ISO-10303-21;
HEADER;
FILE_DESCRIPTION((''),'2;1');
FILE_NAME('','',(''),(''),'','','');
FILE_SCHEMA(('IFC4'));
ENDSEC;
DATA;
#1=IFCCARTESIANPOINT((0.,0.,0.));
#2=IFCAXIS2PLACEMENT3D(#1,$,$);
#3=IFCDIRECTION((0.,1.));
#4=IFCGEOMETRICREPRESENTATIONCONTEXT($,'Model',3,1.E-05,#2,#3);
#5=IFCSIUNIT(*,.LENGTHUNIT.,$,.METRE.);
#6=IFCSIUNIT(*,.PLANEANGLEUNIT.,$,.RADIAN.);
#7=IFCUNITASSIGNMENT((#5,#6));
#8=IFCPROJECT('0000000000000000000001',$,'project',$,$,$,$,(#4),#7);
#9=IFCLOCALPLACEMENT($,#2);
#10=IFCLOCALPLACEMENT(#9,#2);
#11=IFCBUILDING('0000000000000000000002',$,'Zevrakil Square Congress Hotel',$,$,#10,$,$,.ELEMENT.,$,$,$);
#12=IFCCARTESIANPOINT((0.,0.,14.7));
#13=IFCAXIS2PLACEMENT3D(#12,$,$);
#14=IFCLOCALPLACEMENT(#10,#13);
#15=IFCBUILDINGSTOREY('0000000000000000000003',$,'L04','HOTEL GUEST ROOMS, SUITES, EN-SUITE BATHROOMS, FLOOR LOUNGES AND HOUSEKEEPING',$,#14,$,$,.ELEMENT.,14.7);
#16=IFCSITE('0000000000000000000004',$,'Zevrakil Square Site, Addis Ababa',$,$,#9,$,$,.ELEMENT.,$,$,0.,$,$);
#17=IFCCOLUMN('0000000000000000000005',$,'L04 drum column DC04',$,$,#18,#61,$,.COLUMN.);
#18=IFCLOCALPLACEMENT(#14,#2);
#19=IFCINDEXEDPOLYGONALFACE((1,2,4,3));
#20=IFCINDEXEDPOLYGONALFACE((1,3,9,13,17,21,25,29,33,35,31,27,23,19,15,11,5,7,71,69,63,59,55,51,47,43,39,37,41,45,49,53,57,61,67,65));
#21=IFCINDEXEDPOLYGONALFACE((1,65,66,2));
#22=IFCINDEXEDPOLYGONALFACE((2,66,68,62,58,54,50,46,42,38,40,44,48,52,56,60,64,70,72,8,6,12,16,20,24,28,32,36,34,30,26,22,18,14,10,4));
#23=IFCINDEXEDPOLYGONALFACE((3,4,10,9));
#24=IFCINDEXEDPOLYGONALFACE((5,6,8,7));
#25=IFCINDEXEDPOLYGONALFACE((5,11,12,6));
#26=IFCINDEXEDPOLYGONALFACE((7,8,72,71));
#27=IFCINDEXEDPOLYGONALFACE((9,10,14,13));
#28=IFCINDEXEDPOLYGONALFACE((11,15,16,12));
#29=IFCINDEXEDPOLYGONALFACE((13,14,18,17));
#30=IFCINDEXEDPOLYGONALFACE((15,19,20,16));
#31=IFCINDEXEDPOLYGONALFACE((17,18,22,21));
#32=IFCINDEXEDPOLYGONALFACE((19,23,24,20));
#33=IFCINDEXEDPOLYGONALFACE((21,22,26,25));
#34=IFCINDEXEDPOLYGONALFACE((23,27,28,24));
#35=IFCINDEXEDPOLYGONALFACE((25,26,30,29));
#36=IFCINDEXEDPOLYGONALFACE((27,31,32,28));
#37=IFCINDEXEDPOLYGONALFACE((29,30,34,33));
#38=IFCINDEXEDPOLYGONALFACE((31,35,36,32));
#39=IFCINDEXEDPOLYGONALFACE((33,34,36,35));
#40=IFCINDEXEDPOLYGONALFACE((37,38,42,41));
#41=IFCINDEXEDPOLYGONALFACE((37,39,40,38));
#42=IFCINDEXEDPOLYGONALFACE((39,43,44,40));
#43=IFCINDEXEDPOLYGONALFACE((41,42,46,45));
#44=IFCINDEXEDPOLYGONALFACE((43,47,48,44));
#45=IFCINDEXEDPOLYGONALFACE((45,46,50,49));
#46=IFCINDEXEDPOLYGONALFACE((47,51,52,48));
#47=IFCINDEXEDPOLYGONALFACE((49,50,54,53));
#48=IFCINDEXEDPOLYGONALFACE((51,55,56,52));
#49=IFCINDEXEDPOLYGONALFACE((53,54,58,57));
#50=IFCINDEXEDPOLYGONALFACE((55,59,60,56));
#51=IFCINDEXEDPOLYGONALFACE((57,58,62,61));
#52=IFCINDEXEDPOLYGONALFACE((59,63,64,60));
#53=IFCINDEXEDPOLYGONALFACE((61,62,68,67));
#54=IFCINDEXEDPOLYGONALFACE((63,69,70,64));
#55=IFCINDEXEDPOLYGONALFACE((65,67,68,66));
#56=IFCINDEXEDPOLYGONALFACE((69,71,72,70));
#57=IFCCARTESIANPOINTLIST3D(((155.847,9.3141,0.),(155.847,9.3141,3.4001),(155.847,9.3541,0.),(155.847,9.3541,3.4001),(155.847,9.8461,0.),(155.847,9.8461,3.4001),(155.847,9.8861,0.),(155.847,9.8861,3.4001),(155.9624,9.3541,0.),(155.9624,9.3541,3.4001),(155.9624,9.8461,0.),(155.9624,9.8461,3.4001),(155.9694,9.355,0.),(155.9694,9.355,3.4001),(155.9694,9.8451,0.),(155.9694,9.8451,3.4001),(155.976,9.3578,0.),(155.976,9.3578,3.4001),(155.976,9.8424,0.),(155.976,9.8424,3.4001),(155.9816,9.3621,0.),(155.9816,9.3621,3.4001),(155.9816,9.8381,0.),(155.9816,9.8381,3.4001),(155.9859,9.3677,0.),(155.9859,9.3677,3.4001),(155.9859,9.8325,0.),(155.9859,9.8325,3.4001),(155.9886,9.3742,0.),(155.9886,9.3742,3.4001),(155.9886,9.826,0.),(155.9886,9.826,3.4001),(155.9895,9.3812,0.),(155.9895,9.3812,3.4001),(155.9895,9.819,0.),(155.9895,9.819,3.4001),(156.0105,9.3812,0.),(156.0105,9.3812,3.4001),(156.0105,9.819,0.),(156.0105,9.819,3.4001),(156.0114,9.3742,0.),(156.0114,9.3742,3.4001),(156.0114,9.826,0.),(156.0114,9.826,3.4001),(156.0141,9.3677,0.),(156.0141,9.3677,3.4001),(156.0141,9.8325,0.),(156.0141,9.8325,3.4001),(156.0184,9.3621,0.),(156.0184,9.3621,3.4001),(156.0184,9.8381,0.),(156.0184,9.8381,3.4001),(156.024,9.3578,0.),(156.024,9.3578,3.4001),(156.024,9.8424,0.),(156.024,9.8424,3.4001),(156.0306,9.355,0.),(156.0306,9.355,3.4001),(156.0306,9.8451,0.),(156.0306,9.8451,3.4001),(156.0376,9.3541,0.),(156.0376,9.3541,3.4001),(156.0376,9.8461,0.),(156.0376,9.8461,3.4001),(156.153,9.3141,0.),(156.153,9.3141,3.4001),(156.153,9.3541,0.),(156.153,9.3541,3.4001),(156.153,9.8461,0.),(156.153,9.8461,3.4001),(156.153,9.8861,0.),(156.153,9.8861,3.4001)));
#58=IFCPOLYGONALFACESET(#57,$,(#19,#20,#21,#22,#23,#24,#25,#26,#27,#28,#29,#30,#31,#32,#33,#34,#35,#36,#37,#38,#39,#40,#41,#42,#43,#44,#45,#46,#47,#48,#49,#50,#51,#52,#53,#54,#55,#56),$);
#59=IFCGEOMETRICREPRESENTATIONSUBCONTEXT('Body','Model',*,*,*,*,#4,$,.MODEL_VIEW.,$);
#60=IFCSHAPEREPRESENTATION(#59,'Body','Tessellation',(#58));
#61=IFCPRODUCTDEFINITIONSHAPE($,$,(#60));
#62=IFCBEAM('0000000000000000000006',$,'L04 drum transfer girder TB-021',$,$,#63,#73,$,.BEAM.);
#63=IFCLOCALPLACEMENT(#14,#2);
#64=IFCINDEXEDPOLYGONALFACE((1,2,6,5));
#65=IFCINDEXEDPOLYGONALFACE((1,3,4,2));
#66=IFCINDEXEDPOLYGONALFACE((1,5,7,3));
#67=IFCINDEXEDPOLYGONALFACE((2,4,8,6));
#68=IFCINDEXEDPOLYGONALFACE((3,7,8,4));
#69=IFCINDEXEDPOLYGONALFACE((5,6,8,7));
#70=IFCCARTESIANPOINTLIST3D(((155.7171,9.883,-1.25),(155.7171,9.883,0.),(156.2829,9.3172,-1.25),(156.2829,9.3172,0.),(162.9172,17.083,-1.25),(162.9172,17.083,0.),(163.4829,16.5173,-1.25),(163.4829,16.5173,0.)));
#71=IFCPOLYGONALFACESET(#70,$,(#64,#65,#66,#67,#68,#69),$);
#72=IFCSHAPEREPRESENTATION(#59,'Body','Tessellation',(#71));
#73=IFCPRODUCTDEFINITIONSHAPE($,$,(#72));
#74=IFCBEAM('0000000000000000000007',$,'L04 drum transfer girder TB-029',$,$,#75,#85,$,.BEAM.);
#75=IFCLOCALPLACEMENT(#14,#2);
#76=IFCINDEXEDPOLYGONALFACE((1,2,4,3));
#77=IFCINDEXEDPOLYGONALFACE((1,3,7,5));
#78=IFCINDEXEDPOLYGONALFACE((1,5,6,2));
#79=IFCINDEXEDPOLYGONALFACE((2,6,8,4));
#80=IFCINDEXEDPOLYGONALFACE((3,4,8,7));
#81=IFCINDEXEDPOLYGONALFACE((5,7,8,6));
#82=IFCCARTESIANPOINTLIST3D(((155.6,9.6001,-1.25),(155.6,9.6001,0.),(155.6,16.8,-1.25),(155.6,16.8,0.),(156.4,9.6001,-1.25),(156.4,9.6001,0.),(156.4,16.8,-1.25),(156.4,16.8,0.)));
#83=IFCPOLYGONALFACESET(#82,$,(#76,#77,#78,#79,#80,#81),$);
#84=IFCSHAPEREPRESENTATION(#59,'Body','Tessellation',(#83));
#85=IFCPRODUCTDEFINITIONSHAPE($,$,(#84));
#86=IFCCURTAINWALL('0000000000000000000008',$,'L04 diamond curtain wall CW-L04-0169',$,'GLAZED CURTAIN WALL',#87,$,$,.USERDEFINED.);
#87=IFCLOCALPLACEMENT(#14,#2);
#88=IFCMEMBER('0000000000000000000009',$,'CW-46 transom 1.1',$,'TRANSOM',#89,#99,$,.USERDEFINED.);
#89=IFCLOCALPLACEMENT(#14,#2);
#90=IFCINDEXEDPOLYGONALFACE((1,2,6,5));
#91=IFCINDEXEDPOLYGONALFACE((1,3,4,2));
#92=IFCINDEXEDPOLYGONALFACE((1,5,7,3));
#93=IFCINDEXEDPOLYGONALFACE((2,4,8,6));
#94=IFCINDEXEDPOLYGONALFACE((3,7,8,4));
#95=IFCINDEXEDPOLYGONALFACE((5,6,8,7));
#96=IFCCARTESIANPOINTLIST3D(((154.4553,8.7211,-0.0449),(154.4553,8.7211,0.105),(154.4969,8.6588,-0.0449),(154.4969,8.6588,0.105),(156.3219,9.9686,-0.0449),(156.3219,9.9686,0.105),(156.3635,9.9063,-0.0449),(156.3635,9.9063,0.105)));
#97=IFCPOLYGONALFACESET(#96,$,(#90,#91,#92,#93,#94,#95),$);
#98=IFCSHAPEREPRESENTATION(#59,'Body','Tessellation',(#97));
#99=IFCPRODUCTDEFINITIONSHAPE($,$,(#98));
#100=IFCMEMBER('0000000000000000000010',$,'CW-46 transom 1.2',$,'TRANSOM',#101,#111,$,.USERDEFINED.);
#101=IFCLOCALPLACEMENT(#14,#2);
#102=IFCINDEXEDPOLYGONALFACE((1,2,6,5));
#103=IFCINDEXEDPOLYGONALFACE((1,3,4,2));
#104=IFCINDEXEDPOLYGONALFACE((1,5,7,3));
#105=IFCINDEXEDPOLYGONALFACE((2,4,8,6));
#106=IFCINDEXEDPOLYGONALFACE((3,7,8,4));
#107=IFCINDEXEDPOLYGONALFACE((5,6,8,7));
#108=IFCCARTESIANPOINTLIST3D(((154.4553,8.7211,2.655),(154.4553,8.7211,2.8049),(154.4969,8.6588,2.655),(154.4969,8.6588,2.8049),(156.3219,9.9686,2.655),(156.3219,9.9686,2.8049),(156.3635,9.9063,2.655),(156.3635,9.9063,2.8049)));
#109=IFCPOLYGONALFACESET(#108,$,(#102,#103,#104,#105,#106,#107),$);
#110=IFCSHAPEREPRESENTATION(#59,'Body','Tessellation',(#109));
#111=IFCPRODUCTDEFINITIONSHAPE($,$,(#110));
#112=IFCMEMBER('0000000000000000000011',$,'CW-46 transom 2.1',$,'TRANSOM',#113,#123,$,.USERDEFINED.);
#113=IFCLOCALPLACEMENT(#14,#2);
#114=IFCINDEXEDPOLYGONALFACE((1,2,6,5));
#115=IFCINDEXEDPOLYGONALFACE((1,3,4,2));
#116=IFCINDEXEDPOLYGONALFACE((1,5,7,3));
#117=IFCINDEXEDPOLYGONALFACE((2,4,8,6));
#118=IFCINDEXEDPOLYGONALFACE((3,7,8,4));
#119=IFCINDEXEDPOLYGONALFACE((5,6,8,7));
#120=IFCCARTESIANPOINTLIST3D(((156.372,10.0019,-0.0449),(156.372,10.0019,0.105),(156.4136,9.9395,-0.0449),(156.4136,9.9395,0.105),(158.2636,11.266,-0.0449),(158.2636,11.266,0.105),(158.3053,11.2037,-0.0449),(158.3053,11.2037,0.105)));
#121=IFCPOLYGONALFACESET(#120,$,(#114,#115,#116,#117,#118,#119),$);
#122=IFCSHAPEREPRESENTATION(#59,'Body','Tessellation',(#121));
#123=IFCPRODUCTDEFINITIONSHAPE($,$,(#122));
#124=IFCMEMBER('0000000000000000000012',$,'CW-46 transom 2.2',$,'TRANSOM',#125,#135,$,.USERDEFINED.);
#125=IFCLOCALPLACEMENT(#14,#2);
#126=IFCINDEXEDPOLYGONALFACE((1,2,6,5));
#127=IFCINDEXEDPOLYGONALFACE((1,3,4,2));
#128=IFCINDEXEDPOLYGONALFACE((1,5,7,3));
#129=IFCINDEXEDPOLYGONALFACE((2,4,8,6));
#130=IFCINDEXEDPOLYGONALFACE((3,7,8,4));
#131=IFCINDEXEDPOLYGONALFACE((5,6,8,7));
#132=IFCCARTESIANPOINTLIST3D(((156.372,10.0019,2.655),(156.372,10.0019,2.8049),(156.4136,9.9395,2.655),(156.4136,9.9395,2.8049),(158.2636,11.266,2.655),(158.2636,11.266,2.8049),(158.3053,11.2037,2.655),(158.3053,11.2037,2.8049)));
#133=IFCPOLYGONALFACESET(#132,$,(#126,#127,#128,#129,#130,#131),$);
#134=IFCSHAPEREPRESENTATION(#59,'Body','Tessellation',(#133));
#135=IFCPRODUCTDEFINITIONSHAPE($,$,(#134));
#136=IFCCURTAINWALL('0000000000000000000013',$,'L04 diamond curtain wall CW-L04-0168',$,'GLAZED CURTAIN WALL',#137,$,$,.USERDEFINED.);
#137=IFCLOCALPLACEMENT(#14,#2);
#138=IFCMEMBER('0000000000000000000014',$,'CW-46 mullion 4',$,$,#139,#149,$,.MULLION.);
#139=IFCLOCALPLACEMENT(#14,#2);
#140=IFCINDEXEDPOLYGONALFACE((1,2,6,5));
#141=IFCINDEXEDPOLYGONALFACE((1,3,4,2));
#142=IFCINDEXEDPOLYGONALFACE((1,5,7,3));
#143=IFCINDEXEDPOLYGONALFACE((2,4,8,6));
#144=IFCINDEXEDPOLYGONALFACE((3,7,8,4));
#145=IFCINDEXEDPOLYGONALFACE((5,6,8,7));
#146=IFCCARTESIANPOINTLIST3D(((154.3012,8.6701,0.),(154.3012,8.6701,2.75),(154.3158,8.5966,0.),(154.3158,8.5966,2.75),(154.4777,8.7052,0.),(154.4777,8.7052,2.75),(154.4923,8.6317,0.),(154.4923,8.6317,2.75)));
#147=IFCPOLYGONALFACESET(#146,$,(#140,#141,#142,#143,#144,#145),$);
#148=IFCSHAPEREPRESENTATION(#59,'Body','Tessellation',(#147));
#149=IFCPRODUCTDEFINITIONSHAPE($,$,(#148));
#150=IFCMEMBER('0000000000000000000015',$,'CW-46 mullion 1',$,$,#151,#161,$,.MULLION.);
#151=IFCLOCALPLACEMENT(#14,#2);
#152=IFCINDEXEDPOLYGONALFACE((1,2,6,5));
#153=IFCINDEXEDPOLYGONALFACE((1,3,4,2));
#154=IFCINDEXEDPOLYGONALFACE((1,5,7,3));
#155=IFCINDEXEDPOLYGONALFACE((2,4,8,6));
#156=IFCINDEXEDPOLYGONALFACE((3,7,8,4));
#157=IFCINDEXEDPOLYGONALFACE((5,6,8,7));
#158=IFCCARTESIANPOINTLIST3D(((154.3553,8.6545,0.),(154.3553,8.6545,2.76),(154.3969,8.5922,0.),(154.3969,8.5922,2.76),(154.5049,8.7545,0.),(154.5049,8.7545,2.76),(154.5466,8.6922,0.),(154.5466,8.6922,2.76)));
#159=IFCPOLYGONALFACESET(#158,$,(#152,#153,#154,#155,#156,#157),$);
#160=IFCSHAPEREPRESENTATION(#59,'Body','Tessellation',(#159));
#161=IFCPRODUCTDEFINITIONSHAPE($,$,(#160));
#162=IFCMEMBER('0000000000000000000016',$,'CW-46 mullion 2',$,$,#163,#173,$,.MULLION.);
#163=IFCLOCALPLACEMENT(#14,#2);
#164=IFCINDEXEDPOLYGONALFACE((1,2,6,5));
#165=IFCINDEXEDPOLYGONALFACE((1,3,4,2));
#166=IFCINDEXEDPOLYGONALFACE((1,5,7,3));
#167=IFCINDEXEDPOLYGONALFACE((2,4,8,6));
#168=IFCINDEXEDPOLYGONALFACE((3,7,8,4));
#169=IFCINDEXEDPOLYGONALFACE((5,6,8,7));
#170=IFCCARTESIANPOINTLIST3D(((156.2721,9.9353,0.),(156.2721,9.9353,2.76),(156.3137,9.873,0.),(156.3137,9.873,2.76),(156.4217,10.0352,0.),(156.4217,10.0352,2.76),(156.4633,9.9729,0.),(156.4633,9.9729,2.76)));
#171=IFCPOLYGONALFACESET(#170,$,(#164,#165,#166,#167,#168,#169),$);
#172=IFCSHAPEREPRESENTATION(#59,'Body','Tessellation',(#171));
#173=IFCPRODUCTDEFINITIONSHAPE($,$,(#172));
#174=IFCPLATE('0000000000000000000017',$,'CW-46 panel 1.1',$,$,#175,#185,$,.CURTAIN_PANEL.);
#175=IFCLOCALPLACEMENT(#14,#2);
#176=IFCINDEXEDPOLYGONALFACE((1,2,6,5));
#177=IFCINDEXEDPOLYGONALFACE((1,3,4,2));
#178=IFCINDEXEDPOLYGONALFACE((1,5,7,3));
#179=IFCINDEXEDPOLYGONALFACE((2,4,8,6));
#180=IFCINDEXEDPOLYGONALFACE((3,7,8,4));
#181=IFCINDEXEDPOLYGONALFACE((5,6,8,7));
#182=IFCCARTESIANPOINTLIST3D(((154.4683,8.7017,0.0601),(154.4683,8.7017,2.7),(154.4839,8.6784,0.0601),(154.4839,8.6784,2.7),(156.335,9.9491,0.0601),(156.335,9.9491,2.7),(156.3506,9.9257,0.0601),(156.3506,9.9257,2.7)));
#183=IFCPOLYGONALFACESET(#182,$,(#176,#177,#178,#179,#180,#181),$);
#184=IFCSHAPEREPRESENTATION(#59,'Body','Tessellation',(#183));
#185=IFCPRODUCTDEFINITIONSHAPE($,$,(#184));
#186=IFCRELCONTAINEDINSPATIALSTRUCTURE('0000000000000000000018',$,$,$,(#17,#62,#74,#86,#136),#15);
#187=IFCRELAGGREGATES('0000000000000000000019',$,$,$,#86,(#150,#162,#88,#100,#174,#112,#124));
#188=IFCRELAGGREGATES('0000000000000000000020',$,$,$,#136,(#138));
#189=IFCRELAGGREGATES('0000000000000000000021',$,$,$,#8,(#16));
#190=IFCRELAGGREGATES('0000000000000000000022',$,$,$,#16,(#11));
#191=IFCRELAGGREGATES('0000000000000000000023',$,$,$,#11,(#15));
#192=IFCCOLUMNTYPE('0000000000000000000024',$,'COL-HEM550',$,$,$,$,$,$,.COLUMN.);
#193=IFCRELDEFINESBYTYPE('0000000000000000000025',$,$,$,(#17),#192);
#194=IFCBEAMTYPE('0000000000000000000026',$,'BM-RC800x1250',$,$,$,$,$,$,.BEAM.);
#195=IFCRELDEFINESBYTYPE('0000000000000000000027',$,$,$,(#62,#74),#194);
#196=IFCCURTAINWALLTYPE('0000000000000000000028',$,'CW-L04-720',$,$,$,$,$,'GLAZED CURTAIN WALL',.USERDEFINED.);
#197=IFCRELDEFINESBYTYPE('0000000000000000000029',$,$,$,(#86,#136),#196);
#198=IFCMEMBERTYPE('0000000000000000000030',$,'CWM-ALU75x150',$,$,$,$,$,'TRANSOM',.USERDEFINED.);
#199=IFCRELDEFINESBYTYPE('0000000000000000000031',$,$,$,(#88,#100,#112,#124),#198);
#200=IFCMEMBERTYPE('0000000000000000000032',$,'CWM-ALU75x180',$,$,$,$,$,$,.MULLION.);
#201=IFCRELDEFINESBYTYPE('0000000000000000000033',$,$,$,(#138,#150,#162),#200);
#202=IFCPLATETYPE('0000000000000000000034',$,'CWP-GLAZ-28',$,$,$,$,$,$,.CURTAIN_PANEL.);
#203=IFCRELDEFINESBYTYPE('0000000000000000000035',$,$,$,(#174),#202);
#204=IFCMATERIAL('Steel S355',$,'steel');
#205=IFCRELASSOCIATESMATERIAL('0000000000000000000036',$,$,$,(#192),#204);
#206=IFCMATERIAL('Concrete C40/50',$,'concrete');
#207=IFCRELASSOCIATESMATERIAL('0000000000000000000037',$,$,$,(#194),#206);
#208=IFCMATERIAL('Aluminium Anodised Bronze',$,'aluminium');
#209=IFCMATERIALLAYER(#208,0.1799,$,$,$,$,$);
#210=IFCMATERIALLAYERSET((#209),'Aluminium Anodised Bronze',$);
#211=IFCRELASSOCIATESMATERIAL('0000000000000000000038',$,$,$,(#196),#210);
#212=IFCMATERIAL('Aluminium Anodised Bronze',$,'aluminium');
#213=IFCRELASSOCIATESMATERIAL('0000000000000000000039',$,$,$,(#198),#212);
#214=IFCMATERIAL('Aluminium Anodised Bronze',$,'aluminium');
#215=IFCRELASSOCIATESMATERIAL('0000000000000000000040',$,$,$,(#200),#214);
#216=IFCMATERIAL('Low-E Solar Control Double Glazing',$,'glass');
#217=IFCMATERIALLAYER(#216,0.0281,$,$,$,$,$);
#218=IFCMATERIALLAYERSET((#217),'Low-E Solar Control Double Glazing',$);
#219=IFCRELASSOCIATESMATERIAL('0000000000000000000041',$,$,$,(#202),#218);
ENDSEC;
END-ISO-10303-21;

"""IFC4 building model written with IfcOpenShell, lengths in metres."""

from ifc_helpers import new_model, si_unit, direction, frame, origin, origin_2d, place, context, subcontext, project, spatial, rectangle, i_section, extrude, material, layer, layer_set, material_profile, profile_set, type_object, element, aggregate, save


model = new_model("IFC4")

# Units and contexts
model_context = context("Model", 3, precision=1e-05, world=origin(), true_north=direction((0.0, 1.0)))
body_context = subcontext(model_context, "Body", "Model", "MODEL_VIEW")
ifc_project = project(units=[si_unit("LENGTHUNIT", "METRE"), si_unit("PLANEANGLEUNIT", "RADIAN")], contexts=[model_context])

# Site, building, storey
site_placement = place(None, origin())
site = spatial("IfcSite", under=ifc_project, at=site_placement, Name="Zevrakil Square Site, Addis Ababa", CompositionType="ELEMENT", RefElevation=0.0)
building_placement = place(site_placement, origin())
building = spatial("IfcBuilding", under=site, at=building_placement, Name="Zevrakil Square Congress Hotel", CompositionType="ELEMENT")
storey_placement = place(building_placement, frame((0.0, 0.0, 14.7)))
storey = spatial("IfcBuildingStorey", under=building, at=storey_placement, Name="L04", Description="HOTEL GUEST ROOMS, SUITES, EN-SUITE BATHROOMS, FLOOR LOUNGES AND HOUSEKEEPING", CompositionType="ELEMENT", Elevation=14.7)

# Column
ifc_material_1 = material(Name="Steel S355", Category="steel")
ifc_material_profile_1 = material_profile(ifc_material_1, i_section(OverallWidth=0.3059, OverallDepth=0.572, WebThickness=0.021, FlangeThickness=0.04, FilletRadius=0.0271, at=origin_2d()), Name="HEM 550")
ifc_profile_set_1 = profile_set([ifc_material_profile_1], Name="Steel S355")
column_type = type_object("IfcColumnType", Name="COL-HEM550", PredefinedType="COLUMN", material=ifc_profile_set_1)
column_placement = place(storey_placement, frame((156.0, 9.6001, 0.0), z_axis=(0.0, 0.0, 1.0), x_axis=(1.0, 0.0, 0.0)))
element("IfcColumn", 1, at=column_placement, inside=storey, type_object=column_type, Name="L04 drum column DC04", PredefinedType="COLUMN", context=body_context, shape_type="SweptSolid", body=[
    extrude(i_section(OverallWidth=0.3059, OverallDepth=0.572, WebThickness=0.021, FlangeThickness=0.04, FilletRadius=0.0271, at=origin_2d()), origin(), (0.0, 0.0, 1.0), 3.4001),
])

# Beams
ifc_material_2 = material(Name="Concrete C40/50", Category="concrete")
ifc_material_profile_2 = material_profile(ifc_material_2, rectangle(XDim=0.8, YDim=1.25, at=origin_2d()), Name="RC 800x1250")
ifc_profile_set_2 = profile_set([ifc_material_profile_2], Name="Concrete C40/50")
beam_type = type_object("IfcBeamType", Name="BM-RC800x1250", PredefinedType="BEAM", material=ifc_profile_set_2)
beam_1_placement = place(storey_placement, frame((156.0, 9.6001, -0.625), z_axis=(0.707107, 0.707107, 0.0), x_axis=(-0.707107, 0.707107, 0.0)))
element("IfcBeam", 2, at=beam_1_placement, inside=storey, type_object=beam_type, Name="L04 drum transfer girder TB-021", PredefinedType="BEAM", context=body_context, shape_type="SweptSolid", body=[
    extrude(rectangle(XDim=0.8, YDim=1.25, at=origin_2d()), origin(), (0.0, 0.0, 1.0), 10.1824),
])
beam_2_placement = place(storey_placement, frame((156.0, 9.6001, -0.625), z_axis=(0.0, 1.0, 0.0), x_axis=(-1.0, 0.0, 0.0)))
element("IfcBeam", 3, at=beam_2_placement, inside=storey, type_object=beam_type, Name="L04 drum transfer girder TB-029", PredefinedType="BEAM", context=body_context, shape_type="SweptSolid", body=[
    extrude(rectangle(XDim=0.8, YDim=1.25, at=origin_2d()), origin(), (0.0, 0.0, 1.0), 7.2),
])

# Curtain wall, members
ifc_material_3 = material(Name="Aluminium Anodised Bronze", Category="aluminium")
ifc_layer_1 = layer(ifc_material_3, 0.1799)
ifc_layer_set_1 = layer_set([ifc_layer_1], Name="Aluminium Anodised Bronze")
curtain_wall_type = type_object("IfcCurtainWallType", Name="CW-L04-720", ElementType="GLAZED CURTAIN WALL", PredefinedType="USERDEFINED", material=ifc_layer_set_1)
curtain_wall_1_placement = place(storey_placement, origin())
curtain_wall_1 = element("IfcCurtainWall", 4, at=curtain_wall_1_placement, inside=storey, type_object=curtain_wall_type, Name="L04 diamond curtain wall CW-L04-0169", ObjectType="GLAZED CURTAIN WALL", PredefinedType="USERDEFINED")
ifc_material_4 = material(Name="Aluminium Anodised Bronze", Category="aluminium")
ifc_material_profile_3 = material_profile(ifc_material_4, rectangle(XDim=0.075, YDim=0.1499, at=origin_2d()), Name="ALU 75x150")
ifc_profile_set_3 = profile_set([ifc_material_profile_3], Name="Aluminium Anodised Bronze")
member_type_1 = type_object("IfcMemberType", Name="CWM-ALU75x150", ElementType="TRANSOM", PredefinedType="USERDEFINED", material=ifc_profile_set_3)
member_1_placement = place(storey_placement, frame((154.4761, 8.6899, 0.03), z_axis=(0.831414, 0.555653, 0.0), x_axis=(-0.555653, 0.831414, 0.0)))
member_1 = element("IfcMember", 5, at=member_1_placement, type_object=member_type_1, Name="CW-46 transom 1.1", ObjectType="TRANSOM", PredefinedType="USERDEFINED", context=body_context, shape_type="SweptSolid", body=[
    extrude(rectangle(XDim=0.075, YDim=0.1499, at=origin_2d()), origin(), (0.0, 0.0, 1.0), 2.2451),
])
member_2_placement = place(storey_placement, frame((154.4761, 8.6899, 2.73), z_axis=(0.831414, 0.555653, 0.0), x_axis=(-0.555653, 0.831414, 0.0)))
member_2 = element("IfcMember", 6, at=member_2_placement, type_object=member_type_1, Name="CW-46 transom 1.2", ObjectType="TRANSOM", PredefinedType="USERDEFINED", context=body_context, shape_type="SweptSolid", body=[
    extrude(rectangle(XDim=0.075, YDim=0.1499, at=origin_2d()), origin(), (0.0, 0.0, 1.0), 2.2451),
])
member_3_placement = place(storey_placement, frame((156.3928, 9.9707, 0.03), z_axis=(0.831422, 0.555641, 0.0), x_axis=(-0.555641, 0.831422, 0.0)))
member_3 = element("IfcMember", 7, at=member_3_placement, type_object=member_type_1, Name="CW-46 transom 2.1", ObjectType="TRANSOM", PredefinedType="USERDEFINED", context=body_context, shape_type="SweptSolid", body=[
    extrude(rectangle(XDim=0.075, YDim=0.1499, at=origin_2d()), origin(), (0.0, 0.0, 1.0), 2.2751),
])
member_4_placement = place(storey_placement, frame((156.3928, 9.9707, 2.73), z_axis=(0.831422, 0.555641, 0.0), x_axis=(-0.555641, 0.831422, 0.0)))
member_4 = element("IfcMember", 8, at=member_4_placement, type_object=member_type_1, Name="CW-46 transom 2.2", ObjectType="TRANSOM", PredefinedType="USERDEFINED", context=body_context, shape_type="SweptSolid", body=[
    extrude(rectangle(XDim=0.075, YDim=0.1499, at=origin_2d()), origin(), (0.0, 0.0, 1.0), 2.2751),
])

# Curtain wall, member
curtain_wall_2_placement = place(storey_placement, origin())
curtain_wall_2 = element("IfcCurtainWall", 9, at=curtain_wall_2_placement, inside=storey, type_object=curtain_wall_type, Name="L04 diamond curtain wall CW-L04-0168", ObjectType="GLAZED CURTAIN WALL", PredefinedType="USERDEFINED")
ifc_material_5 = material(Name="Aluminium Anodised Bronze", Category="aluminium")
ifc_material_profile_4 = material_profile(ifc_material_5, rectangle(XDim=0.075, YDim=0.1799, at=origin_2d()), Name="ALU 75x180")
ifc_profile_set_4 = profile_set([ifc_material_profile_4], Name="Aluminium Anodised Bronze")
member_type_2 = type_object("IfcMemberType", Name="CWM-ALU75x180", PredefinedType="MULLION", material=ifc_profile_set_4)
member_5_placement = place(storey_placement, frame((154.3967, 8.6509, 0.0), z_axis=(0.0, 0.0, 1.0), x_axis=(-0.195084, 0.980787, 0.0)))
member_5 = element("IfcMember", 10, at=member_5_placement, type_object=member_type_2, Name="CW-46 mullion 4", PredefinedType="MULLION", context=body_context, shape_type="SweptSolid", body=[
    extrude(rectangle(XDim=0.075, YDim=0.1799, at=origin_2d()), origin(), (0.0, 0.0, 1.0), 2.75),
])

# Members
member_6_placement = place(storey_placement, frame((154.4509, 8.6733, 0.0), z_axis=(0.0, 0.0, 1.0), x_axis=(-0.555576, 0.831466, 0.0)))
member_6 = element("IfcMember", 11, at=member_6_placement, type_object=member_type_2, Name="CW-46 mullion 1", PredefinedType="MULLION", context=body_context, shape_type="SweptSolid", body=[
    extrude(rectangle(XDim=0.075, YDim=0.1799, at=origin_2d()), origin(), (0.0, 0.0, 1.0), 2.76),
])
member_7_placement = place(storey_placement, frame((156.3677, 9.9541, 0.0), z_axis=(0.0, 0.0, 1.0), x_axis=(-0.555576, 0.831466, 0.0)))
member_7 = element("IfcMember", 12, at=member_7_placement, type_object=member_type_2, Name="CW-46 mullion 2", PredefinedType="MULLION", context=body_context, shape_type="SweptSolid", body=[
    extrude(rectangle(XDim=0.075, YDim=0.1799, at=origin_2d()), origin(), (0.0, 0.0, 1.0), 2.76),
])

# Plate
ifc_material_6 = material(Name="Low-E Solar Control Double Glazing", Category="glass")
ifc_layer_2 = layer(ifc_material_6, 0.0281)
ifc_layer_set_2 = layer_set([ifc_layer_2], Name="Low-E Solar Control Double Glazing")
plate_type_1 = type_object("IfcPlateType", Name="CWP-GLAZ-28", PredefinedType="CURTAIN_PANEL", material=ifc_layer_set_2)
plate_1_placement = place(storey_placement, frame((155.4094, 9.3137, 0.0601), z_axis=(0.0, 0.0, 1.0), x_axis=(0.831466, 0.555576, 0.0)))
plate_1 = element("IfcPlate", 13, at=plate_1_placement, type_object=plate_type_1, Name="CW-46 panel 1.1", PredefinedType="CURTAIN_PANEL", context=body_context, shape_type="SweptSolid", body=[
    extrude(rectangle(XDim=2.2451, YDim=0.0281, at=origin_2d()), origin(), (0.0, 0.0, 1.0), 2.6399),
])
aggregate(curtain_wall_1, [member_6, member_7, member_1, member_2, plate_1, member_3, member_4])
aggregate(curtain_wall_2, [member_5])

save(model, "model.ifc")
